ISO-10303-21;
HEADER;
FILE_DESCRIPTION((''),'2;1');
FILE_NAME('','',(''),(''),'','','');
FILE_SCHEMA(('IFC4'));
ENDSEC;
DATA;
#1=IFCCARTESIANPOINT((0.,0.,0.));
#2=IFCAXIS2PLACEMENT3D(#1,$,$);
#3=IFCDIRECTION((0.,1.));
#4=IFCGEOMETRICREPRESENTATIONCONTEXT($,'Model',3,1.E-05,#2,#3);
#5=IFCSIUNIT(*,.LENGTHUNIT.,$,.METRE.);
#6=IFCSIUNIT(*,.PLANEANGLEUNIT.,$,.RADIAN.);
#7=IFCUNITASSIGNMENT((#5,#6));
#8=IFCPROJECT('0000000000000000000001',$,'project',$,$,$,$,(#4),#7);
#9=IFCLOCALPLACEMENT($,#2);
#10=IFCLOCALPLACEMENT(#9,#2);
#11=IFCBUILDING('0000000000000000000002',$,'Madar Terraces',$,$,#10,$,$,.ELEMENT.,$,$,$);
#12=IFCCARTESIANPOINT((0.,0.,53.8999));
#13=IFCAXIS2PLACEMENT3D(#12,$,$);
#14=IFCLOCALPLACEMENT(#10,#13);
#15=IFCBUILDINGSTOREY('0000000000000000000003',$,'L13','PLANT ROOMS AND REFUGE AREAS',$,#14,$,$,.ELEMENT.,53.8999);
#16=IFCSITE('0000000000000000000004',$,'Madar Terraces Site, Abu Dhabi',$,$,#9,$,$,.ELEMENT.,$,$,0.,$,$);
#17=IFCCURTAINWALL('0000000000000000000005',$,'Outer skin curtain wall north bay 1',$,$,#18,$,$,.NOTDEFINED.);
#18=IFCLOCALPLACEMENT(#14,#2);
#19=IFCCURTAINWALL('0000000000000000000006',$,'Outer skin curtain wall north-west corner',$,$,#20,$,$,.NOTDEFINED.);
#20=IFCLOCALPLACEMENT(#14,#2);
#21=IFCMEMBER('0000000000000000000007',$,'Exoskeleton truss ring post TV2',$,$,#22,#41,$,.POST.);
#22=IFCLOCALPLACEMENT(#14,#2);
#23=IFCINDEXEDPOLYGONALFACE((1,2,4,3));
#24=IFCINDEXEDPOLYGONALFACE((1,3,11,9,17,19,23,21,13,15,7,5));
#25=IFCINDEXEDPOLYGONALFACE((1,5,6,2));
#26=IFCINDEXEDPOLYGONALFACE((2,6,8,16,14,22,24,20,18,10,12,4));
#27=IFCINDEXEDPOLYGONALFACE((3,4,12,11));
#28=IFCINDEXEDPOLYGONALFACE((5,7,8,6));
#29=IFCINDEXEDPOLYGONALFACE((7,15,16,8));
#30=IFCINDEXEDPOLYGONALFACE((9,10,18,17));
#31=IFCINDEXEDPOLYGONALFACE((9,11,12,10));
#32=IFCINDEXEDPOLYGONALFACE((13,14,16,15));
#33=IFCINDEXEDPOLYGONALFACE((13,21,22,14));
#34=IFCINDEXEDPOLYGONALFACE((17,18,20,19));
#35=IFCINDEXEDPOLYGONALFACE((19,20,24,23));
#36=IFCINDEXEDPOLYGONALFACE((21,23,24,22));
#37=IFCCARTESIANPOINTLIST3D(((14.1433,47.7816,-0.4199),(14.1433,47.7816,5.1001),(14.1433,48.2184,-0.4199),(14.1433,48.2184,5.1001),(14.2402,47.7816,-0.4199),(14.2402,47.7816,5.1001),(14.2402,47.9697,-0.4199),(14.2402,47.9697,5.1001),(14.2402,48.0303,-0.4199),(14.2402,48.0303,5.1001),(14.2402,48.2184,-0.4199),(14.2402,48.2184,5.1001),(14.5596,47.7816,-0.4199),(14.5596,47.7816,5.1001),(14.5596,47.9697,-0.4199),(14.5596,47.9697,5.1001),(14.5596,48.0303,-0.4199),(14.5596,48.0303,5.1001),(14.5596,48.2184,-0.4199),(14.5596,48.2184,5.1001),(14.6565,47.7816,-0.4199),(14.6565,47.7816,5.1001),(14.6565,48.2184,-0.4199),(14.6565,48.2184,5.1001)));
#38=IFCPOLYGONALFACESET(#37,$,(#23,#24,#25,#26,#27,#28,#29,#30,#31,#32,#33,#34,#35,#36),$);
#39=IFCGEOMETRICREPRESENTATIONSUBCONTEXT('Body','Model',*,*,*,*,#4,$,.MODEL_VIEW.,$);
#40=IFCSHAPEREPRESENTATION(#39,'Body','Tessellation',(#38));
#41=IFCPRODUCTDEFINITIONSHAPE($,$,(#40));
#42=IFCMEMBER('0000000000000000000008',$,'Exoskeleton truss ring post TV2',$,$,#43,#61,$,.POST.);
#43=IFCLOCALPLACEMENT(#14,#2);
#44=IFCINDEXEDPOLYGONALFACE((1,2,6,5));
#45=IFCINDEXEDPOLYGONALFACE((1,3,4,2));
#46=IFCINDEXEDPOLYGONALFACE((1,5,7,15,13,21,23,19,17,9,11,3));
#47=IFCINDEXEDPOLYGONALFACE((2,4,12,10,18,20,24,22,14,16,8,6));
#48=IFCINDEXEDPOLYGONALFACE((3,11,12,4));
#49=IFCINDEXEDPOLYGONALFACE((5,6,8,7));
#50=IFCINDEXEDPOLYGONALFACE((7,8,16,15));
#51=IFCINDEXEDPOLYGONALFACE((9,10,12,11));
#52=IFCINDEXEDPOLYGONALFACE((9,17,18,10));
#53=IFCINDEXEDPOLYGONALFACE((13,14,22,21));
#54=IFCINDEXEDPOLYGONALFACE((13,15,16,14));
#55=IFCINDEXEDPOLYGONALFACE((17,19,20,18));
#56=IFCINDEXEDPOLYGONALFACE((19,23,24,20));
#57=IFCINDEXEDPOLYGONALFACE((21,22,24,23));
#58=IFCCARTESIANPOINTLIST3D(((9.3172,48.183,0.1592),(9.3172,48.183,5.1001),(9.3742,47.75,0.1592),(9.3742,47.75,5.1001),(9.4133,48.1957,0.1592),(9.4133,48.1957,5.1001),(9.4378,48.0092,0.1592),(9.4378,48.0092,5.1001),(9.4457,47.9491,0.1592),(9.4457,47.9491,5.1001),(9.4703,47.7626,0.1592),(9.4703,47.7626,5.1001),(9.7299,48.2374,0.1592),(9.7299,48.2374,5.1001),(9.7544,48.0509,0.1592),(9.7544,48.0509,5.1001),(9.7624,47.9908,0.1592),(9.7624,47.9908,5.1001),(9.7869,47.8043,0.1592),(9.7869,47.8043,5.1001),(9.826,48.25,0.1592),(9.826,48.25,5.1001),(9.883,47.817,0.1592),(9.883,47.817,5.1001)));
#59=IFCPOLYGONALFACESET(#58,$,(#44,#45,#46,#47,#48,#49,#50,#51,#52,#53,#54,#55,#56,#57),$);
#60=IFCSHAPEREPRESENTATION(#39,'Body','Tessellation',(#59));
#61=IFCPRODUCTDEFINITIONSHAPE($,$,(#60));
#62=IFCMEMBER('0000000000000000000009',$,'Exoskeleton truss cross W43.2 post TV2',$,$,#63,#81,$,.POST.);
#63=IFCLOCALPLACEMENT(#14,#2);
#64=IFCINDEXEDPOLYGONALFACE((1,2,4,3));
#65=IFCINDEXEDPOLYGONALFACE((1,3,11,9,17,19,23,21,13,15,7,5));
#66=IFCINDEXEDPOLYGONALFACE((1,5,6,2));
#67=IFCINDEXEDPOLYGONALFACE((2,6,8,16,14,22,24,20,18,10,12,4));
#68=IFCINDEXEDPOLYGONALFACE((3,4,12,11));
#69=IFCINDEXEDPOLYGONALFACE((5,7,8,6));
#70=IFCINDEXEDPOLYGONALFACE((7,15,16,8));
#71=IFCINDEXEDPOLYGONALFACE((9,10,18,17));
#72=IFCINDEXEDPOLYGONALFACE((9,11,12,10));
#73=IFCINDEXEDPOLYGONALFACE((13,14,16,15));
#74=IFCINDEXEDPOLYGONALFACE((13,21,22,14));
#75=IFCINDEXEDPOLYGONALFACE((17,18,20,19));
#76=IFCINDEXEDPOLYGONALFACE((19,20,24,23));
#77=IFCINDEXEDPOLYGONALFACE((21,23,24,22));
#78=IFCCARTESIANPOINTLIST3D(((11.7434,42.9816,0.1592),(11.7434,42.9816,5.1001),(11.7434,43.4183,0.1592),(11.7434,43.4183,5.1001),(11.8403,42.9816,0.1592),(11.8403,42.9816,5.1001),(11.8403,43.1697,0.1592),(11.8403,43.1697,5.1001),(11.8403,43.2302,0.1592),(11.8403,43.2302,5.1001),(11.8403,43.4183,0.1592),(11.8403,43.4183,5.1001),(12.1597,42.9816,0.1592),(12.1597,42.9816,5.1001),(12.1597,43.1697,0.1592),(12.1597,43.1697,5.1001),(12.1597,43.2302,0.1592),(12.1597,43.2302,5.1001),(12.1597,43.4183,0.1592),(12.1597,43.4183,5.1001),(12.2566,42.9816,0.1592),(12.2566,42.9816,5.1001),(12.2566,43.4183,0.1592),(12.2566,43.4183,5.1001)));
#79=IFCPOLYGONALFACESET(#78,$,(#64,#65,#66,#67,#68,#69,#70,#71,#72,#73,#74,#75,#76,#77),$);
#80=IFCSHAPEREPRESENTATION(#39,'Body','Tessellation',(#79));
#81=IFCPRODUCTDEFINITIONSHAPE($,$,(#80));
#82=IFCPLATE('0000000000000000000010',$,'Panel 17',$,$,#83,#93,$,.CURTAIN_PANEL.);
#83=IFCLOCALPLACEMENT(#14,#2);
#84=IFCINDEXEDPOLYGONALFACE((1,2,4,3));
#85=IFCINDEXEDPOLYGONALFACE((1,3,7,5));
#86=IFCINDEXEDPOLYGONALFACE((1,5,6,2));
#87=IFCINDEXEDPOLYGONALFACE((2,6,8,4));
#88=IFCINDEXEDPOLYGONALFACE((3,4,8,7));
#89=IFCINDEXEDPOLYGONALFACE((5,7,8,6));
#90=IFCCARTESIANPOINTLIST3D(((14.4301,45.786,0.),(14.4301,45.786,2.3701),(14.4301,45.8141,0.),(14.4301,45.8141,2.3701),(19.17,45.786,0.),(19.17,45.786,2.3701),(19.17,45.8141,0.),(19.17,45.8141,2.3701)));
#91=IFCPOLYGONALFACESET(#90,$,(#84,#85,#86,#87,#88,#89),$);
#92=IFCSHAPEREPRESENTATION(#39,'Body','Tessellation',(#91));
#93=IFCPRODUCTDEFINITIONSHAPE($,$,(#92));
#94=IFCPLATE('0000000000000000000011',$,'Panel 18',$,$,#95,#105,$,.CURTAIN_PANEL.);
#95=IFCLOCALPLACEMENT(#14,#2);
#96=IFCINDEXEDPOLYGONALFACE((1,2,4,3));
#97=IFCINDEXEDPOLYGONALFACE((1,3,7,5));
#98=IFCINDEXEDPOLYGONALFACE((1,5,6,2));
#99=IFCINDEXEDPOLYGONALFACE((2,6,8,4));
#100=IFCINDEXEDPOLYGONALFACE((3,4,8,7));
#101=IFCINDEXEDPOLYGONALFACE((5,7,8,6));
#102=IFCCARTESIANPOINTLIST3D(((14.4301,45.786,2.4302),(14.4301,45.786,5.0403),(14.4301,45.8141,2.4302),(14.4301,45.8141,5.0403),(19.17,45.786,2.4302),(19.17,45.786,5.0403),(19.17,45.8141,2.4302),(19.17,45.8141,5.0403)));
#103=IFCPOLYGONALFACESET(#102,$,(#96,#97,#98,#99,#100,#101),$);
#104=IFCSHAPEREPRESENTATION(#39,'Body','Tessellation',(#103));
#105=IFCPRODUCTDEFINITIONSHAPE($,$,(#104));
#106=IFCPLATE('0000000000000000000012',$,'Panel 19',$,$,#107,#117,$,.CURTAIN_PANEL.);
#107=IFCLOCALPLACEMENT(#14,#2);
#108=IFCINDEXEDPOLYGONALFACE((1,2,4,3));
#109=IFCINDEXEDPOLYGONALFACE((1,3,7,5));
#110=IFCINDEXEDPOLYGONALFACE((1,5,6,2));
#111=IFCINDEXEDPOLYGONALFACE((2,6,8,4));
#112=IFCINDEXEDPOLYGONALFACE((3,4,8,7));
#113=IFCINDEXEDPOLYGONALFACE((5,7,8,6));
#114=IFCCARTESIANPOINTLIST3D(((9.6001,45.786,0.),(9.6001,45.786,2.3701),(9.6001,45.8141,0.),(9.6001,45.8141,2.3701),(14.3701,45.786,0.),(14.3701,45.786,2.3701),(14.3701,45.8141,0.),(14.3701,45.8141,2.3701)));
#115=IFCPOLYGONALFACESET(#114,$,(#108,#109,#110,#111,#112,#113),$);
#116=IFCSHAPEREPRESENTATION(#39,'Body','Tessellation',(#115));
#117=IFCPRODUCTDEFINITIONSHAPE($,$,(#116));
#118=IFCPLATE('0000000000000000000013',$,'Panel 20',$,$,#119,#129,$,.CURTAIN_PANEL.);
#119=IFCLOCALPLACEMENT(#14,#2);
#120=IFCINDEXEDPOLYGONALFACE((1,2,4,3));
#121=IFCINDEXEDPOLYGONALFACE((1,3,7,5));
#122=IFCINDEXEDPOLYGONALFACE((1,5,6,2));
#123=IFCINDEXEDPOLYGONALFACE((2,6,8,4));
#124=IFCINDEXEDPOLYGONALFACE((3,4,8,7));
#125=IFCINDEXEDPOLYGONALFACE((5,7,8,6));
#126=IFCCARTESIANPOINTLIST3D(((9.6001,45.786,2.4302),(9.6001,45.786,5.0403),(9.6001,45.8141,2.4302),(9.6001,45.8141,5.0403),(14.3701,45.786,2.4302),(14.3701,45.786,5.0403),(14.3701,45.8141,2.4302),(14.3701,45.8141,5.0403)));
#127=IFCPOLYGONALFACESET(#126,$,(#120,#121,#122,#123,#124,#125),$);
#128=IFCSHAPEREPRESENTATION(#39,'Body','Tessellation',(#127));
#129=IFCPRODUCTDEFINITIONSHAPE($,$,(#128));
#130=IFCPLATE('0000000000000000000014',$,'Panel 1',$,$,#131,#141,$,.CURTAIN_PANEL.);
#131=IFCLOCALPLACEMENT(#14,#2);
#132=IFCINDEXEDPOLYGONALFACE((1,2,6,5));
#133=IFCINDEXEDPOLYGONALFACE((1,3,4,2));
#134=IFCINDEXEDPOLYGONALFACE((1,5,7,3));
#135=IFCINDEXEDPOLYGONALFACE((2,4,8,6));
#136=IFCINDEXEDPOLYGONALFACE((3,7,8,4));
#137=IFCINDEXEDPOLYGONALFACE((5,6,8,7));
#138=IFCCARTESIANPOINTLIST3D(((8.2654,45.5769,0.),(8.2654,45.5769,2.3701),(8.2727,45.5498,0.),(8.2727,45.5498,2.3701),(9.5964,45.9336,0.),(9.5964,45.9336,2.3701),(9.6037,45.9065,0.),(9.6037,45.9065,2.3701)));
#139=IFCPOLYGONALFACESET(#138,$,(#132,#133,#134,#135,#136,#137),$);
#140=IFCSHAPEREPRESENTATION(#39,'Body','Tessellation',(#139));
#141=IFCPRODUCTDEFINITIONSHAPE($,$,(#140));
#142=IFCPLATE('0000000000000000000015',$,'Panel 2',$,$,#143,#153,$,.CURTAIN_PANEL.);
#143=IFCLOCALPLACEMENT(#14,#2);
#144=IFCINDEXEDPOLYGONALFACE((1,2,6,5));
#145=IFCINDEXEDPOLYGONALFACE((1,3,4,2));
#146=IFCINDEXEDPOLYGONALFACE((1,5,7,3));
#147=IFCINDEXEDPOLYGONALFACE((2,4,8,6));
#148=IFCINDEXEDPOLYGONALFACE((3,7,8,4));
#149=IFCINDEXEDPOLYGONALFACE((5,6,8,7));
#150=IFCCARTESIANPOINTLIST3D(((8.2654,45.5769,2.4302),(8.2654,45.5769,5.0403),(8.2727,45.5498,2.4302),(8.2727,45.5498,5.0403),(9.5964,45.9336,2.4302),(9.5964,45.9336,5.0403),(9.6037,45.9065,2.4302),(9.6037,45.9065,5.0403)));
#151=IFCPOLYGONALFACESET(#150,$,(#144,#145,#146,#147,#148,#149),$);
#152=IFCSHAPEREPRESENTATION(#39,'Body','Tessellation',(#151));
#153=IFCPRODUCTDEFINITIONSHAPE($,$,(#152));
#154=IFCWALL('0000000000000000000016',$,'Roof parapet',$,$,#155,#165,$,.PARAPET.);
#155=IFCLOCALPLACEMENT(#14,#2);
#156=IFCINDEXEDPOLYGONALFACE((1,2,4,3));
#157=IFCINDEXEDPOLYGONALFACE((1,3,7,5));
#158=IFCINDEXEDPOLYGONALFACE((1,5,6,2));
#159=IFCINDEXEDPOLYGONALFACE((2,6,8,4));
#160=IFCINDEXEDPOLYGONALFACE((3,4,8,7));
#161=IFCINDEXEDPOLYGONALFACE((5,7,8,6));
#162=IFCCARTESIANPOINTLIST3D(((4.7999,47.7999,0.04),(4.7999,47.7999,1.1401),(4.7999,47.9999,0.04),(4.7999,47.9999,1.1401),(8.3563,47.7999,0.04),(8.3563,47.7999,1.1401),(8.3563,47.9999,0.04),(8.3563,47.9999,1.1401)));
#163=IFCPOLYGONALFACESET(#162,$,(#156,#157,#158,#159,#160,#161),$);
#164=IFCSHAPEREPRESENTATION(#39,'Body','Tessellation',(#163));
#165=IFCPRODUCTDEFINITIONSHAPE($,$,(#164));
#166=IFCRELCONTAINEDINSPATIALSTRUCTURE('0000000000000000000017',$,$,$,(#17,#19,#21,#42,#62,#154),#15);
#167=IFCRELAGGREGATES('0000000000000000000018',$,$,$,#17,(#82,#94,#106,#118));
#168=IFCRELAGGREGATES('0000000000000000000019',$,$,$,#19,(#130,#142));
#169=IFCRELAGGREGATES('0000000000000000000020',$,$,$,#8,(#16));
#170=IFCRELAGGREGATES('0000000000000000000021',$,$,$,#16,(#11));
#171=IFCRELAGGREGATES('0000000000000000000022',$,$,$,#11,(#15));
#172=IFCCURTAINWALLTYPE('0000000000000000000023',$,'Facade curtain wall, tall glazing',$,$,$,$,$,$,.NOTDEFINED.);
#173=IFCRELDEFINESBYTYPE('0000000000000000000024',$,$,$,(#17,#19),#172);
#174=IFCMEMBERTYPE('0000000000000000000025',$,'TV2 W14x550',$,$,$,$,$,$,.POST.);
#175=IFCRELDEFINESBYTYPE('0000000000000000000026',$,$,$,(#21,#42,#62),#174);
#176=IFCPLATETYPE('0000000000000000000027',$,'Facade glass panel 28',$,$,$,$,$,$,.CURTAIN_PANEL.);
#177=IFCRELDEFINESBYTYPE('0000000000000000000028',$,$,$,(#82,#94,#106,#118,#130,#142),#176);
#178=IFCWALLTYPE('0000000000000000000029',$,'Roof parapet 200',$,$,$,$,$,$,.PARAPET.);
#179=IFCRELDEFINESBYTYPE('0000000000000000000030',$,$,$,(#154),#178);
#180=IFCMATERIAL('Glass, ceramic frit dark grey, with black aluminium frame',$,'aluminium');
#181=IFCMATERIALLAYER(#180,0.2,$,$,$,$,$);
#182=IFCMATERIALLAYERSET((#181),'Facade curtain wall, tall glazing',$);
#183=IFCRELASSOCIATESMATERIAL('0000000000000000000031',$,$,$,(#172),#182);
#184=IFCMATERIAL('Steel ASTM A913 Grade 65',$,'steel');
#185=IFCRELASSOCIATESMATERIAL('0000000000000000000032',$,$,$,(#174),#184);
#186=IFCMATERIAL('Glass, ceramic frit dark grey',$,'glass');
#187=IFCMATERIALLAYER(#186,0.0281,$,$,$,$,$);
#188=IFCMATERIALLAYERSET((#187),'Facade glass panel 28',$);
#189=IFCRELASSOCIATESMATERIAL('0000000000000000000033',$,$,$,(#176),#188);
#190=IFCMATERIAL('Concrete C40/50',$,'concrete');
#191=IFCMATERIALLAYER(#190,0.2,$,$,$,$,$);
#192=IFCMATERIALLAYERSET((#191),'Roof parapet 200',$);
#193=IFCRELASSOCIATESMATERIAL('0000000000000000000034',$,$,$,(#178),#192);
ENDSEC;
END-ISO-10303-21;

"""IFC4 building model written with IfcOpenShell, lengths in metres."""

from ifc_helpers import new_model, si_unit, direction, frame, frame_2d, origin, origin_2d, place, context, subcontext, project, spatial, rectangle, i_section, extrude, material, layer, layer_set, material_profile, profile_set, type_object, element, aggregate, save


model = new_model("IFC4")

# Units and contexts
model_context = context("Model", 3, precision=1e-05, world=origin(), true_north=direction((0.0, 1.0)))
body_context = subcontext(model_context, "Body", "Model", "MODEL_VIEW")
ifc_project = project(units=[si_unit("LENGTHUNIT", "METRE"), si_unit("PLANEANGLEUNIT", "RADIAN")], contexts=[model_context])

# Site, building, storey
site_placement = place(None, origin())
site = spatial("IfcSite", under=ifc_project, at=site_placement, Name="Madar Terraces Site, Abu Dhabi", CompositionType="ELEMENT", RefElevation=0.0)
building_placement = place(site_placement, origin())
building = spatial("IfcBuilding", under=site, at=building_placement, Name="Madar Terraces", CompositionType="ELEMENT")
storey_placement = place(building_placement, frame((0.0, 0.0, 53.8999)))
storey = spatial("IfcBuildingStorey", under=building, at=storey_placement, Name="L13", Description="PLANT ROOMS AND REFUGE AREAS", CompositionType="ELEMENT", Elevation=53.8999)

# Curtain walls
ifc_material_1 = material(Name="Glass, ceramic frit dark grey, with black aluminium frame", Category="aluminium")
ifc_layer_1 = layer(ifc_material_1, 0.2)
ifc_layer_set_1 = layer_set([ifc_layer_1], Name="Facade curtain wall, tall glazing")
curtain_wall_type = type_object("IfcCurtainWallType", Name="Facade curtain wall, tall glazing", PredefinedType="NOTDEFINED", material=ifc_layer_set_1)
curtain_wall_1_placement = place(storey_placement, origin())
curtain_wall_1 = element("IfcCurtainWall", 1, at=curtain_wall_1_placement, inside=storey, type_object=curtain_wall_type, Name="Outer skin curtain wall north bay 1", PredefinedType="NOTDEFINED")
curtain_wall_2_placement = place(storey_placement, origin())
curtain_wall_2 = element("IfcCurtainWall", 2, at=curtain_wall_2_placement, inside=storey, type_object=curtain_wall_type, Name="Outer skin curtain wall north-west corner", PredefinedType="NOTDEFINED")

# Members
ifc_material_2 = material(Name="Steel ASTM A913 Grade 65", Category="steel")
ifc_material_profile_1 = material_profile(ifc_material_2, i_section(OverallWidth=0.4368, OverallDepth=0.5132, WebThickness=0.0605, FlangeThickness=0.0969, at=origin_2d()), Name="W14x550")
ifc_profile_set_1 = profile_set([ifc_material_profile_1], Name="Steel ASTM A913 Grade 65")
member_type_1 = type_object("IfcMemberType", Name="TV2 W14x550", PredefinedType="POST", material=ifc_profile_set_1)
member_1_placement = place(storey_placement, frame((14.3999, 48.0, -0.4199), z_axis=(0.0, 0.0, 1.0), x_axis=(0.0, -1.0, 0.0)))
element("IfcMember", 3, at=member_1_placement, inside=storey, type_object=member_type_1, Name="Exoskeleton truss ring post TV2", PredefinedType="POST", context=body_context, shape_type="SweptSolid", body=[
    extrude(i_section(OverallWidth=0.4368, OverallDepth=0.5132, WebThickness=0.0605, FlangeThickness=0.0969, at=origin_2d()), origin(), (0.0, 0.0, 1.0), 5.52),
])
for number, where, z_axis, x_axis, name in (
    (4, (9.6001, 48.0, 0.1592), (0.0, 0.0, 1.0), (0.130526, -0.991445, 0.0), "Exoskeleton truss ring post TV2"),
    (5, (12.0, 43.2, 0.1592), (0.0, 0.0, 1.0), (0.0, 1.0, 0.0), "Exoskeleton truss cross W43.2 post TV2"),
):
    element("IfcMember", number, at=place(storey_placement, frame(where, z_axis=z_axis, x_axis=x_axis)), inside=storey, type_object=member_type_1, Name=name, PredefinedType="POST", context=body_context, shape_type="SweptSolid", body=[
        extrude(i_section(OverallWidth=0.4368, OverallDepth=0.5132, WebThickness=0.0605, FlangeThickness=0.0969, at=origin_2d()), origin(), (0.0, 0.0, 1.0), 4.9409),
    ])

# Plates
ifc_material_3 = material(Name="Glass, ceramic frit dark grey", Category="glass")
ifc_layer_2 = layer(ifc_material_3, 0.0281)
ifc_layer_set_2 = layer_set([ifc_layer_2], Name="Facade glass panel 28")
plate_type = type_object("IfcPlateType", Name="Facade glass panel 28", PredefinedType="CURTAIN_PANEL", material=ifc_layer_set_2)
plate_1_placement = place(storey_placement, frame((16.8, 45.8, 0.0), z_axis=(0.0, 0.0, 1.0), x_axis=(-1.0, 0.0, 0.0)))
plate_1 = element("IfcPlate", 6, at=plate_1_placement, type_object=plate_type, Name="Panel 17", PredefinedType="CURTAIN_PANEL", context=body_context, shape_type="SweptSolid", body=[
    extrude(rectangle(XDim=4.74, YDim=0.0281, at=origin_2d()), origin(), (0.0, 0.0, 1.0), 2.3701),
])
plate_2_placement = place(storey_placement, frame((16.8, 45.8, 2.4302), z_axis=(0.0, 0.0, 1.0), x_axis=(-1.0, 0.0, 0.0)))
plate_2 = element("IfcPlate", 7, at=plate_2_placement, type_object=plate_type, Name="Panel 18", PredefinedType="CURTAIN_PANEL", context=body_context, shape_type="SweptSolid", body=[
    extrude(rectangle(XDim=4.74, YDim=0.0281, at=origin_2d()), origin(), (0.0, 0.0, 1.0), 2.6101),
])
plate_3_placement = place(storey_placement, frame((11.9851, 45.8, 0.0), z_axis=(0.0, 0.0, 1.0), x_axis=(-1.0, 0.0, 0.0)))
plate_3 = element("IfcPlate", 8, at=plate_3_placement, type_object=plate_type, Name="Panel 19", PredefinedType="CURTAIN_PANEL", context=body_context, shape_type="SweptSolid", body=[
    extrude(rectangle(XDim=4.77, YDim=0.0281, at=origin_2d()), origin(), (0.0, 0.0, 1.0), 2.3701),
])
plate_4_placement = place(storey_placement, frame((11.9851, 45.8, 2.4302), z_axis=(0.0, 0.0, 1.0), x_axis=(-1.0, 0.0, 0.0)))
plate_4 = element("IfcPlate", 9, at=plate_4_placement, type_object=plate_type, Name="Panel 20", PredefinedType="CURTAIN_PANEL", context=body_context, shape_type="SweptSolid", body=[
    extrude(rectangle(XDim=4.77, YDim=0.0281, at=origin_2d()), origin(), (0.0, 0.0, 1.0), 2.6101),
])
aggregate(curtain_wall_1, [plate_1, plate_2, plate_3, plate_4])
plate_5_placement = place(storey_placement, frame((8.9346, 45.7417, 0.0), z_axis=(0.0, 0.0, 1.0), x_axis=(-0.965926, -0.258819, 0.0)))
plate_5 = element("IfcPlate", 10, at=plate_5_placement, type_object=plate_type, Name="Panel 1", PredefinedType="CURTAIN_PANEL", context=body_context, shape_type="SweptSolid", body=[
    extrude(rectangle(XDim=1.3779, YDim=0.0281, at=origin_2d()), origin(), (0.0, 0.0, 1.0), 2.3701),
])
plate_6_placement = place(storey_placement, frame((8.9346, 45.7417, 2.4302), z_axis=(0.0, 0.0, 1.0), x_axis=(-0.965926, -0.258819, 0.0)))
plate_6 = element("IfcPlate", 11, at=plate_6_placement, type_object=plate_type, Name="Panel 2", PredefinedType="CURTAIN_PANEL", context=body_context, shape_type="SweptSolid", body=[
    extrude(rectangle(XDim=1.3779, YDim=0.0281, at=origin_2d()), origin(), (0.0, 0.0, 1.0), 2.6101),
])
aggregate(curtain_wall_2, [plate_5, plate_6])

# Wall
ifc_material_4 = material(Name="Concrete C40/50", Category="concrete")
ifc_layer_3 = layer(ifc_material_4, 0.2)
ifc_layer_set_3 = layer_set([ifc_layer_3], Name="Roof parapet 200")
wall_type = type_object("IfcWallType", Name="Roof parapet 200", PredefinedType="PARAPET", material=ifc_layer_set_3)
wall_placement = place(storey_placement, frame((8.3564, 47.8999, 0.04), z_axis=(0.0, 0.0, 1.0), x_axis=(-1.0, 0.0, 0.0)))
element("IfcWall", 12, at=wall_placement, inside=storey, type_object=wall_type, Name="Roof parapet", PredefinedType="PARAPET", context=body_context, shape_type="SweptSolid", body=[
    extrude(rectangle(XDim=3.5564, YDim=0.2, at=frame_2d((1.7783, 0.0))), origin(), (0.0, 0.0, 1.0), 1.1001),
])

save(model, "model.ifc")
